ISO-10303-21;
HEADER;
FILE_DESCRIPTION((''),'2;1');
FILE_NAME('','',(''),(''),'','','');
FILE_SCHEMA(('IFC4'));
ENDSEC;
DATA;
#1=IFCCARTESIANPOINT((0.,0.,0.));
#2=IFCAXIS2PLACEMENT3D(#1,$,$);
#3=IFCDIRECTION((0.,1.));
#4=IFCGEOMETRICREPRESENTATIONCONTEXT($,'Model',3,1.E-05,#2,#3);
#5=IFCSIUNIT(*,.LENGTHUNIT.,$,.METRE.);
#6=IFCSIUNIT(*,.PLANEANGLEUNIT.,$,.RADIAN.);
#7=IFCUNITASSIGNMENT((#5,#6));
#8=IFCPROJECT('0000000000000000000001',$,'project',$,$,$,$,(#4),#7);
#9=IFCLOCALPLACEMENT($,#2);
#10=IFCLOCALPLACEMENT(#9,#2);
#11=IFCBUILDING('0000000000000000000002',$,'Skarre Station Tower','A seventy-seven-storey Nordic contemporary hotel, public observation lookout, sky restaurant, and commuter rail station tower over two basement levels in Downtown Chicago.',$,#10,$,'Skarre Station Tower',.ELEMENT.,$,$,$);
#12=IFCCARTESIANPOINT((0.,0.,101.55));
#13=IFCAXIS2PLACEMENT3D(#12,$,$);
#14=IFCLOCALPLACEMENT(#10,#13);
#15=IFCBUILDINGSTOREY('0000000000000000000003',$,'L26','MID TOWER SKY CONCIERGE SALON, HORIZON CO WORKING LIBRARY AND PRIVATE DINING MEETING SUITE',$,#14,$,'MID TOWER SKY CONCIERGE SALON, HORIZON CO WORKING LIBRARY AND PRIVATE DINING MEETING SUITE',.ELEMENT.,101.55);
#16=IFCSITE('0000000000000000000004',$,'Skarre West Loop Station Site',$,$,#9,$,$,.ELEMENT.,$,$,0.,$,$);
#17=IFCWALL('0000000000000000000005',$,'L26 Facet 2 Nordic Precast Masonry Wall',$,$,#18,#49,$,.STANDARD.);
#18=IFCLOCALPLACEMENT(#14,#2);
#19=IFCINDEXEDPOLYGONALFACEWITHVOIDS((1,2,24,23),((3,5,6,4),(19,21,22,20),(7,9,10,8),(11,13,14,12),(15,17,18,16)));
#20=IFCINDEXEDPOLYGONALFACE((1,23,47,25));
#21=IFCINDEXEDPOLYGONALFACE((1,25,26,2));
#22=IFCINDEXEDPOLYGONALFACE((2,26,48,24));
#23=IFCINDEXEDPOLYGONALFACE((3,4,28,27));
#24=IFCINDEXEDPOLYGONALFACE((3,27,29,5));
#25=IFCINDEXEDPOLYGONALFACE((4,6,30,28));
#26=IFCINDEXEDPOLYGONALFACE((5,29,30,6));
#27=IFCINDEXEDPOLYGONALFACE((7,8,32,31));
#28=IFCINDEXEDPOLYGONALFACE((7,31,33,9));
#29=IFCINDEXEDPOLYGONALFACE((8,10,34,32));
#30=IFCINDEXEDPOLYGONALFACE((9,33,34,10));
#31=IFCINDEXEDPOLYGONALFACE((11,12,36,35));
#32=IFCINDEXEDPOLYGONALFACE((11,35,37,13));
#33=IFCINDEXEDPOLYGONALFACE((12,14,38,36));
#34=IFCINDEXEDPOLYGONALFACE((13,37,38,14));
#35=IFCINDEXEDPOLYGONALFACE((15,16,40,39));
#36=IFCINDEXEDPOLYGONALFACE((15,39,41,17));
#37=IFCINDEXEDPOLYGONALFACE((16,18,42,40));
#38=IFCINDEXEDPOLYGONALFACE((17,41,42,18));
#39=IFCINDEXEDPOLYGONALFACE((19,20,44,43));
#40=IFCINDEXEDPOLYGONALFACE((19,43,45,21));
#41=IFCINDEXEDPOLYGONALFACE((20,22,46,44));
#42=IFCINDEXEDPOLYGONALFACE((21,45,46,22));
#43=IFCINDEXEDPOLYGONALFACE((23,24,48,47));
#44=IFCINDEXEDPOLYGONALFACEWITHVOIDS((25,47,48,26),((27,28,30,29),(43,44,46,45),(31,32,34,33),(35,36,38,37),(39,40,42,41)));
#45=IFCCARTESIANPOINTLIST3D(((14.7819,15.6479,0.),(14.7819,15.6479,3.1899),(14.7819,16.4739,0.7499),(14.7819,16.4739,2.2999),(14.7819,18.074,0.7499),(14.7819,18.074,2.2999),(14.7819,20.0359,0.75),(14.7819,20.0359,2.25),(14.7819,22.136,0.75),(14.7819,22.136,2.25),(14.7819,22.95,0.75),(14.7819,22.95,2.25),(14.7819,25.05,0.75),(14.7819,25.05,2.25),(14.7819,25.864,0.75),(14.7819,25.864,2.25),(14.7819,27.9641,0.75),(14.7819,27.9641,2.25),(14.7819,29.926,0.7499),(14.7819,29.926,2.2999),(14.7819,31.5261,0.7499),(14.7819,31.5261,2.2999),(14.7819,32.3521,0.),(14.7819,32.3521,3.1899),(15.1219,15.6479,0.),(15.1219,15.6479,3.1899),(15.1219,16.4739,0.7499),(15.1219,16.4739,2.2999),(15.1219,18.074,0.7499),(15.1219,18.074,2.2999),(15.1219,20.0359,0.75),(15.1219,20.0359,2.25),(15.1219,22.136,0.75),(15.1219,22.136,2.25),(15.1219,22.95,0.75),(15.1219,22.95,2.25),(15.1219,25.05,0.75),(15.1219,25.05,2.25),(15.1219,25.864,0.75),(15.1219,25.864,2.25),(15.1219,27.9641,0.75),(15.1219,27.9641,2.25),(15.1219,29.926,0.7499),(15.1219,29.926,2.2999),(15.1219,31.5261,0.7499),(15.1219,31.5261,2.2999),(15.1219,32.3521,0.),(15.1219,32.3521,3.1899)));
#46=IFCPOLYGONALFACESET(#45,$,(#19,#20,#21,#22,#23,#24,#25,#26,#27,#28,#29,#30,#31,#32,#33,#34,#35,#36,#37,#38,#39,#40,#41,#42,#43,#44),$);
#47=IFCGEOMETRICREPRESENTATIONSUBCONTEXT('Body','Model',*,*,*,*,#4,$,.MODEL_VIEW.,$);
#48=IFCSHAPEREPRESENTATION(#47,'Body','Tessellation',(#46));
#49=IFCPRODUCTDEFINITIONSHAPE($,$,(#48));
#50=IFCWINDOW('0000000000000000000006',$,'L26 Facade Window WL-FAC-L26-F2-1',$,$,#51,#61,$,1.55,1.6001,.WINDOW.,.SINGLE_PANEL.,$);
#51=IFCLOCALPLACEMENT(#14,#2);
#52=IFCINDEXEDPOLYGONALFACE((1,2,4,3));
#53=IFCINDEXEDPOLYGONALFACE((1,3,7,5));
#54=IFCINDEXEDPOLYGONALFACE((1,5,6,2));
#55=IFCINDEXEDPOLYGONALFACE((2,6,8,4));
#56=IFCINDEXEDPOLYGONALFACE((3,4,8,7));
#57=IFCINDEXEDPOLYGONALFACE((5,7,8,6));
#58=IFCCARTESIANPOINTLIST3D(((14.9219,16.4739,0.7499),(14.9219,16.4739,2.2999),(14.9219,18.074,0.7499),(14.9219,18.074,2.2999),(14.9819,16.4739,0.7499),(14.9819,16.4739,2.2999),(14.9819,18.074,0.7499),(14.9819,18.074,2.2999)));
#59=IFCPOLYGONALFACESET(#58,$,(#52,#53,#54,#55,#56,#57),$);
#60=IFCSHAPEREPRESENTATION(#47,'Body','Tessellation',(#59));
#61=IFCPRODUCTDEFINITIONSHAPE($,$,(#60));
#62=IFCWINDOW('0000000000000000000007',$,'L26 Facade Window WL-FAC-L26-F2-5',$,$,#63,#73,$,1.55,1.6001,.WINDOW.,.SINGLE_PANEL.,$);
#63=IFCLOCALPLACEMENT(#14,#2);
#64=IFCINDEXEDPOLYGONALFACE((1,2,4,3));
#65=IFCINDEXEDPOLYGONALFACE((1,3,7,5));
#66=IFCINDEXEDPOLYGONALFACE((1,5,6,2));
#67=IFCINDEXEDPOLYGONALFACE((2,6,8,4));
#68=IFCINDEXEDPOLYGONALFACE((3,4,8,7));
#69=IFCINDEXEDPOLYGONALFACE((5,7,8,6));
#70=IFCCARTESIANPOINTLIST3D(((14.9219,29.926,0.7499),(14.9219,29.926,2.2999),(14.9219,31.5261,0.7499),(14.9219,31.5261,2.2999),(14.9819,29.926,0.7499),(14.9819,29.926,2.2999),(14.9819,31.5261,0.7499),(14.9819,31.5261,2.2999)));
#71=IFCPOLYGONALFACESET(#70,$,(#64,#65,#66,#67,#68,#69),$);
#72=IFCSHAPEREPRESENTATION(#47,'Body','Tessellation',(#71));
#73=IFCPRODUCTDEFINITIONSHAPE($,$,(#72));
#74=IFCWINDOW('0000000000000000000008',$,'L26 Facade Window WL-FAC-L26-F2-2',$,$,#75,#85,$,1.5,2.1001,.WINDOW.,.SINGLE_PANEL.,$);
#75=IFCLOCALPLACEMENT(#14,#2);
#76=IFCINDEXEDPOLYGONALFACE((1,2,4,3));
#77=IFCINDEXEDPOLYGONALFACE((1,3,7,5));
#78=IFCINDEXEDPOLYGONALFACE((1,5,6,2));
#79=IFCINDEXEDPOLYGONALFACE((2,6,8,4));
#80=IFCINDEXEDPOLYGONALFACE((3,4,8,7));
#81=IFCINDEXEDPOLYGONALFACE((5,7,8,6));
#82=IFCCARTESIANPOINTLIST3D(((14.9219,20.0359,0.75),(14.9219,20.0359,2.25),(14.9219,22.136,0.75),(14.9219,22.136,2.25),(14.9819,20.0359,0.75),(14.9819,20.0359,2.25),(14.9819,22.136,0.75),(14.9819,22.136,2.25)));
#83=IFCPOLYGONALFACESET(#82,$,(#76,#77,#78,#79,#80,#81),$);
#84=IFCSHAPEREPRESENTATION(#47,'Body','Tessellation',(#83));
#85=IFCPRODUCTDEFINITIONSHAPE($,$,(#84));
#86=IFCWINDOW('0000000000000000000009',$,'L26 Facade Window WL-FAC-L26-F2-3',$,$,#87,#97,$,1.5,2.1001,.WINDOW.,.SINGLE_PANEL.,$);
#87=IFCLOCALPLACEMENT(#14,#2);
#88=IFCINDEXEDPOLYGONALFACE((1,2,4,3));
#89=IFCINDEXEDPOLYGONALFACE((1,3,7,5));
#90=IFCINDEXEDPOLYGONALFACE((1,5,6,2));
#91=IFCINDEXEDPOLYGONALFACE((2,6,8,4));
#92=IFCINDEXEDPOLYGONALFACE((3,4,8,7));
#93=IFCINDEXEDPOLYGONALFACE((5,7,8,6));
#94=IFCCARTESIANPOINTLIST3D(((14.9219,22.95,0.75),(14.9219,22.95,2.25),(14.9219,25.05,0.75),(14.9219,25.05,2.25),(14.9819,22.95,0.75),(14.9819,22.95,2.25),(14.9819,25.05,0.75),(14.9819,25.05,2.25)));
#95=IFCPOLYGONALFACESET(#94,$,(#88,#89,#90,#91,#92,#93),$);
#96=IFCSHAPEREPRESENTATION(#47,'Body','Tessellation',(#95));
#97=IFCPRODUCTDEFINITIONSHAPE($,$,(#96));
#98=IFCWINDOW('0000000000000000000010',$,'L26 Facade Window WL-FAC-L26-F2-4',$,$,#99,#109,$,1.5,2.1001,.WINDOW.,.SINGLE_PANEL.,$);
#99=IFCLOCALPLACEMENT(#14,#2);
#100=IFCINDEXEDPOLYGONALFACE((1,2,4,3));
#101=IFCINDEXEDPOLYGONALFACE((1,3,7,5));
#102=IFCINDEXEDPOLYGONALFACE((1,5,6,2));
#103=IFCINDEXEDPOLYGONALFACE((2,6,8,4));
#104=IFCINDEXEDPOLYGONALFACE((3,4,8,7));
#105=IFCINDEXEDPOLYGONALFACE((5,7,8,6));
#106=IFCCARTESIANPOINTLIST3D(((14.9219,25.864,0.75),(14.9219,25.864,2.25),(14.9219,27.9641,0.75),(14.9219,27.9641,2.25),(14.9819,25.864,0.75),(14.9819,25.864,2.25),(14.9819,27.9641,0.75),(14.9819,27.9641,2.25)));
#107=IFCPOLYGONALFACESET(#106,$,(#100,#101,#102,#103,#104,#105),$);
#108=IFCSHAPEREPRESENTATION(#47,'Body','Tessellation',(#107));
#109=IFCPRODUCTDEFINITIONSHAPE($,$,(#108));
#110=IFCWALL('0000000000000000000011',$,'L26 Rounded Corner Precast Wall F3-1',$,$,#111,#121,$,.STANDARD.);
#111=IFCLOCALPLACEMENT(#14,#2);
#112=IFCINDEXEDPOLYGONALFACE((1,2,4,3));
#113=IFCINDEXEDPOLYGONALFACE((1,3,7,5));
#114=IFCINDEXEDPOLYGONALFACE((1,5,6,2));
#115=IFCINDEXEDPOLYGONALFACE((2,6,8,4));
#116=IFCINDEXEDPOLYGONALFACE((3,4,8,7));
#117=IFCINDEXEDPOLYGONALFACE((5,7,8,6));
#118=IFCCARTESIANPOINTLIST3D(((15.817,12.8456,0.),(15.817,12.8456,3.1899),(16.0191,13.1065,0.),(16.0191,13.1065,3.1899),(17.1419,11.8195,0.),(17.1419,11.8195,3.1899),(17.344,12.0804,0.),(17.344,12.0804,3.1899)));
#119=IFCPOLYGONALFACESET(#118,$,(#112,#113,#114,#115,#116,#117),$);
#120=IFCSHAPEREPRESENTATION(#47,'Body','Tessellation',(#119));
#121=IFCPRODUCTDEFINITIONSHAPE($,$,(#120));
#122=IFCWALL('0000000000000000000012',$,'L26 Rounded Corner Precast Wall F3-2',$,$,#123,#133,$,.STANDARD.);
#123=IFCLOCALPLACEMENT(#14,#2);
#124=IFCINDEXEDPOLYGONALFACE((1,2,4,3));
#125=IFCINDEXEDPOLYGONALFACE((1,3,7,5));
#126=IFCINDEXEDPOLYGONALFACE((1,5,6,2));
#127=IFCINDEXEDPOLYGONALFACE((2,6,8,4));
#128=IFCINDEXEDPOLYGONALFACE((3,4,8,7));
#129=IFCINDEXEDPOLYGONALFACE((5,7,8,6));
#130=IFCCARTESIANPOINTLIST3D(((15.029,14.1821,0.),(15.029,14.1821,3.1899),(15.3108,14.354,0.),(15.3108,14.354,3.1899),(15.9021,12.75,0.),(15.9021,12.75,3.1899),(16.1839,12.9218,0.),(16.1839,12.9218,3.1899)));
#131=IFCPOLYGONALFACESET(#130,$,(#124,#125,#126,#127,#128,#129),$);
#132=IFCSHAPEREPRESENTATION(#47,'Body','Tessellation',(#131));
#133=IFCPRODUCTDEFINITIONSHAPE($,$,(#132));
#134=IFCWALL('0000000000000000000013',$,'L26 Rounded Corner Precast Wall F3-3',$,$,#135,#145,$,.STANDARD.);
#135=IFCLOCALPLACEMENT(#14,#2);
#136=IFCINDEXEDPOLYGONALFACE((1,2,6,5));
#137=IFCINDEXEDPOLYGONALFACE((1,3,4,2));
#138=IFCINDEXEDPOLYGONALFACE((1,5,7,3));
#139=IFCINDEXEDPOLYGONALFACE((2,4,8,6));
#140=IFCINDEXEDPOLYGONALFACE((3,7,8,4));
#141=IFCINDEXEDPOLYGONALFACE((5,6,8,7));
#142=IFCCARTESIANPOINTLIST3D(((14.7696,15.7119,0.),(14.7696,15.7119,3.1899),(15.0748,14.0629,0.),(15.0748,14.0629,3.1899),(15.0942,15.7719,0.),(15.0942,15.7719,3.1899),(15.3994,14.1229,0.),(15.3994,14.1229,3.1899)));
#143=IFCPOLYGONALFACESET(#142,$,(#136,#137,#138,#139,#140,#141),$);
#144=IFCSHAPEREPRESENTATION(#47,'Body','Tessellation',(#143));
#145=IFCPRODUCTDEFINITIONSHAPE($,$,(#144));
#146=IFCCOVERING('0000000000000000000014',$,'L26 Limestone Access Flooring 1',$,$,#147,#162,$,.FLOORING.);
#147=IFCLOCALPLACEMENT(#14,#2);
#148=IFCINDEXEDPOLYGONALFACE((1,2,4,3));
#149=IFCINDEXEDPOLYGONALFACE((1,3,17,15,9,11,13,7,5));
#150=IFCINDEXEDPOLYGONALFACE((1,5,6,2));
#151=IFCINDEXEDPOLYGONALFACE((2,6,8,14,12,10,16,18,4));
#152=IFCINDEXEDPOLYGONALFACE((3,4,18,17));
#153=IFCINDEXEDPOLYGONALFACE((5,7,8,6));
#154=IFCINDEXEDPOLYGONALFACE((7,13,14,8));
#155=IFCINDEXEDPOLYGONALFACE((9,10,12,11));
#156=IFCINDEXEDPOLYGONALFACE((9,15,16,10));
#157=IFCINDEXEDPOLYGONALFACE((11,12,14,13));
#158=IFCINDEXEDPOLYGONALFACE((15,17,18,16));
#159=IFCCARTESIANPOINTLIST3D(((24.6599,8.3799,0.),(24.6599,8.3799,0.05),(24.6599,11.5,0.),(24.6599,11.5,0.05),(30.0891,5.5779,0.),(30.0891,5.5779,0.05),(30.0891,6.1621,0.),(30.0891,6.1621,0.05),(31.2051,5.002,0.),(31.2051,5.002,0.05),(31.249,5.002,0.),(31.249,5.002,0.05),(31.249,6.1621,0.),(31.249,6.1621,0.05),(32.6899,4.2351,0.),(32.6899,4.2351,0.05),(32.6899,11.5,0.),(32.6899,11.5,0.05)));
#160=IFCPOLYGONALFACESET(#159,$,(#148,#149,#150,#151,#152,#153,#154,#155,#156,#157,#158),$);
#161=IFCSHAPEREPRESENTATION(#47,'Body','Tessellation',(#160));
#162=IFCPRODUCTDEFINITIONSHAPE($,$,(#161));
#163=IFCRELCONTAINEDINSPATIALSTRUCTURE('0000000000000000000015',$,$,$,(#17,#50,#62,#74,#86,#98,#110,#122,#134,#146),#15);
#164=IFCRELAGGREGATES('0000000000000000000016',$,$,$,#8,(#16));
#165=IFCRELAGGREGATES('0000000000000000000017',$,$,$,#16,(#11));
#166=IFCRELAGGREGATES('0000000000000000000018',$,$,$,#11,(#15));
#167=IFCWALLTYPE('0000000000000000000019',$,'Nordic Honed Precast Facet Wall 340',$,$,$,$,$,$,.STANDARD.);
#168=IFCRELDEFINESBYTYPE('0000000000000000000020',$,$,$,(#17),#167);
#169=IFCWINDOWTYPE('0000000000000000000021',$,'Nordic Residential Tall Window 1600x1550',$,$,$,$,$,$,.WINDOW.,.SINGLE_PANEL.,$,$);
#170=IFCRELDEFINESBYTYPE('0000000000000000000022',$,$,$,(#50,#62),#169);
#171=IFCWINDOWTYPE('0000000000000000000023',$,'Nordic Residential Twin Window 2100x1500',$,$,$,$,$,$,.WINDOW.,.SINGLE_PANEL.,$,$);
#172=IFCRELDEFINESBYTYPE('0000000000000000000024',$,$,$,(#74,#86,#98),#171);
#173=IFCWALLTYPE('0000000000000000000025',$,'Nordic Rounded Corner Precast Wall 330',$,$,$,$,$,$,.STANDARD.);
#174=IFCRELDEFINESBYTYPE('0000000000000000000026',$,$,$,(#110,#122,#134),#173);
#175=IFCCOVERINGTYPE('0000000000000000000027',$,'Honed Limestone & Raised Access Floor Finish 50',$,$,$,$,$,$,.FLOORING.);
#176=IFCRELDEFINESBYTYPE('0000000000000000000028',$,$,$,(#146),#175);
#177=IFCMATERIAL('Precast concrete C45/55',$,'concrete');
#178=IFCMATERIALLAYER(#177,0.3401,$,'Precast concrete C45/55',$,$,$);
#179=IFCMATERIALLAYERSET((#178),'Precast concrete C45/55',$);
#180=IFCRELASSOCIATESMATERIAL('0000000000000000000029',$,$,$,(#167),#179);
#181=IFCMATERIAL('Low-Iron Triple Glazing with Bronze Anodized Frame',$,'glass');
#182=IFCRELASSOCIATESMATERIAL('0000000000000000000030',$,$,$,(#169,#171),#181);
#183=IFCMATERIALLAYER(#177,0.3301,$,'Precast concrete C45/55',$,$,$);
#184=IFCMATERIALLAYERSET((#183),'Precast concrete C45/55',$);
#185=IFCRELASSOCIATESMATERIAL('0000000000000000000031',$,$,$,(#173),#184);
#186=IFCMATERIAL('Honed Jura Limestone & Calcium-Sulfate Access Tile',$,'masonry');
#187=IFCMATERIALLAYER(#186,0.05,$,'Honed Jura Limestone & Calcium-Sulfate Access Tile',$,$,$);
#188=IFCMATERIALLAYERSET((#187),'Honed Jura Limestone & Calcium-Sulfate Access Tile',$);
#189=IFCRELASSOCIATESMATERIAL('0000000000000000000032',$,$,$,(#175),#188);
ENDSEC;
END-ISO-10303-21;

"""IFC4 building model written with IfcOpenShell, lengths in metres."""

from ifc_helpers import new_model, si_unit, direction, frame, frame_2d, origin, place, context, subcontext, project, spatial, polyline, rectangle, outline, extrude, material, layer, layer_set, type_object, element, fill, save


model = new_model("IFC4")

# Units and contexts
model_context = context("Model", 3, precision=1e-05, world=origin(), true_north=direction((0.0, 1.0)))
body_context = subcontext(model_context, "Body", "Model", "MODEL_VIEW")
ifc_project = project(units=[si_unit("LENGTHUNIT", "METRE"), si_unit("PLANEANGLEUNIT", "RADIAN")], contexts=[model_context])

# Site, building, storey
site_placement = place(None, origin())
site = spatial("IfcSite", under=ifc_project, at=site_placement, Name="Skarre West Loop Station Site", CompositionType="ELEMENT", RefElevation=0.0)
building_placement = place(site_placement, origin())
building = spatial("IfcBuilding", under=site, at=building_placement, Name="Skarre Station Tower", Description="A seventy-seven-storey Nordic contemporary hotel, public observation lookout, sky restaurant, and commuter rail station tower over two basement levels in Downtown Chicago.", LongName="Skarre Station Tower", CompositionType="ELEMENT")
storey_placement = place(building_placement, frame((0.0, 0.0, 101.55)))
storey = spatial("IfcBuildingStorey", under=building, at=storey_placement, Name="L26", Description="MID TOWER SKY CONCIERGE SALON, HORIZON CO WORKING LIBRARY AND PRIVATE DINING MEETING SUITE", LongName="MID TOWER SKY CONCIERGE SALON, HORIZON CO WORKING LIBRARY AND PRIVATE DINING MEETING SUITE", CompositionType="ELEMENT", Elevation=101.55)

# Wall, openings, windows
ifc_material_1 = material(Name="Precast concrete C45/55", Category="concrete")
ifc_layer_1 = layer(ifc_material_1, 0.3401, Name="Precast concrete C45/55")
ifc_layer_set_1 = layer_set([ifc_layer_1], Name="Precast concrete C45/55")
wall_type_1 = type_object("IfcWallType", Name="Nordic Honed Precast Facet Wall 340", PredefinedType="STANDARD", material=ifc_layer_set_1)
wall_1_placement = place(storey_placement, frame((14.9519, 15.6479, 0.0), z_axis=(0.0, 0.0, 1.0), x_axis=(0.0, 1.0, 0.0)))
wall_1 = element("IfcWall", 1, at=wall_1_placement, inside=storey, type_object=wall_type_1, Name="L26 Facet 2 Nordic Precast Masonry Wall", PredefinedType="STANDARD", context=body_context, shape_type="SweptSolid", body=[
    extrude(rectangle(XDim=16.7041, YDim=0.3401, at=frame_2d((8.3521, 0.0))), origin(), (0.0, 0.0, 1.0), 3.1899),
])
opening_1_placement = place(wall_1_placement, frame((0.8259, 0.0, 0.75)))
opening_1 = element("IfcOpeningElement", 2, at=opening_1_placement, cuts=wall_1, PredefinedType="OPENING", context=body_context, shape_type="SweptSolid", body=[
    extrude(rectangle(XDim=1.6001, YDim=1.55, at=frame_2d((0.8, 0.7749))), frame((0.0, 0.1799, 0.0), z_axis=(0.0, -1.0, 0.0), x_axis=(1.0, 0.0, 0.0)), (0.0, 0.0, 1.0), 0.3601),
])
opening_2_placement = place(wall_1_placement, frame((4.3879, 0.0, 0.75)))
opening_2 = element("IfcOpeningElement", 3, at=opening_2_placement, cuts=wall_1, PredefinedType="OPENING", context=body_context, shape_type="SweptSolid", body=[
    extrude(rectangle(XDim=2.1001, YDim=1.5, at=frame_2d((1.05, 0.75))), frame((0.0, 0.1799, 0.0), z_axis=(0.0, -1.0, 0.0), x_axis=(1.0, 0.0, 0.0)), (0.0, 0.0, 1.0), 0.3601),
])
opening_3_placement = place(wall_1_placement, frame((7.302, 0.0, 0.75)))
opening_3 = element("IfcOpeningElement", 4, at=opening_3_placement, cuts=wall_1, PredefinedType="OPENING", context=body_context, shape_type="SweptSolid", body=[
    extrude(rectangle(XDim=2.1001, YDim=1.5, at=frame_2d((1.05, 0.75))), frame((0.0, 0.1799, 0.0), z_axis=(0.0, -1.0, 0.0), x_axis=(1.0, 0.0, 0.0)), (0.0, 0.0, 1.0), 0.3601),
])
opening_4_placement = place(wall_1_placement, frame((10.2161, 0.0, 0.75)))
opening_4 = element("IfcOpeningElement", 5, at=opening_4_placement, cuts=wall_1, PredefinedType="OPENING", context=body_context, shape_type="SweptSolid", body=[
    extrude(rectangle(XDim=2.1001, YDim=1.5, at=frame_2d((1.05, 0.75))), frame((0.0, 0.1799, 0.0), z_axis=(0.0, -1.0, 0.0), x_axis=(1.0, 0.0, 0.0)), (0.0, 0.0, 1.0), 0.3601),
])
opening_5_placement = place(wall_1_placement, frame((14.2781, 0.0, 0.75)))
opening_5 = element("IfcOpeningElement", 6, at=opening_5_placement, cuts=wall_1, PredefinedType="OPENING", context=body_context, shape_type="SweptSolid", body=[
    extrude(rectangle(XDim=1.6001, YDim=1.55, at=frame_2d((0.8, 0.7749))), frame((0.0, 0.1799, 0.0), z_axis=(0.0, -1.0, 0.0), x_axis=(1.0, 0.0, 0.0)), (0.0, 0.0, 1.0), 0.3601),
])
ifc_material_2 = material(Name="Low-Iron Triple Glazing with Bronze Anodized Frame", Category="glass")
window_type_1 = type_object("IfcWindowType", Name="Nordic Residential Tall Window 1600x1550", PartitioningType="SINGLE_PANEL", PredefinedType="WINDOW", material=ifc_material_2)
window_1_placement = place(opening_1_placement, origin())
window_1 = element("IfcWindow", 7, at=window_1_placement, inside=storey, type_object=window_type_1, Name="L26 Facade Window WL-FAC-L26-F2-1", OverallHeight=1.55, OverallWidth=1.6001, PartitioningType="SINGLE_PANEL", PredefinedType="WINDOW", context=body_context, shape_type="SweptSolid", body=[
    extrude(rectangle(XDim=1.6001, YDim=1.55, at=frame_2d((0.8, 0.7749))), frame((0.0, 0.03, 0.0), z_axis=(0.0, -1.0, 0.0), x_axis=(1.0, 0.0, 0.0)), (0.0, 0.0, 1.0), 0.0601),
])
fill(opening_1, window_1)
window_2_placement = place(opening_5_placement, origin())
window_2 = element("IfcWindow", 8, at=window_2_placement, inside=storey, type_object=window_type_1, Name="L26 Facade Window WL-FAC-L26-F2-5", OverallHeight=1.55, OverallWidth=1.6001, PartitioningType="SINGLE_PANEL", PredefinedType="WINDOW", context=body_context, shape_type="SweptSolid", body=[
    extrude(rectangle(XDim=1.6001, YDim=1.55, at=frame_2d((0.8, 0.7749))), frame((0.0, 0.03, 0.0), z_axis=(0.0, -1.0, 0.0), x_axis=(1.0, 0.0, 0.0)), (0.0, 0.0, 1.0), 0.0601),
])
fill(opening_5, window_2)
window_type_2 = type_object("IfcWindowType", Name="Nordic Residential Twin Window 2100x1500", PartitioningType="SINGLE_PANEL", PredefinedType="WINDOW", material=ifc_material_2)
window_3_placement = place(opening_2_placement, origin())
window_3 = element("IfcWindow", 9, at=window_3_placement, inside=storey, type_object=window_type_2, Name="L26 Facade Window WL-FAC-L26-F2-2", OverallHeight=1.5, OverallWidth=2.1001, PartitioningType="SINGLE_PANEL", PredefinedType="WINDOW", context=body_context, shape_type="SweptSolid", body=[
    extrude(rectangle(XDim=2.1001, YDim=1.5, at=frame_2d((1.05, 0.75))), frame((0.0, 0.03, 0.0), z_axis=(0.0, -1.0, 0.0), x_axis=(1.0, 0.0, 0.0)), (0.0, 0.0, 1.0), 0.0601),
])
fill(opening_2, window_3)
window_4_placement = place(opening_3_placement, origin())
window_4 = element("IfcWindow", 10, at=window_4_placement, inside=storey, type_object=window_type_2, Name="L26 Facade Window WL-FAC-L26-F2-3", OverallHeight=1.5, OverallWidth=2.1001, PartitioningType="SINGLE_PANEL", PredefinedType="WINDOW", context=body_context, shape_type="SweptSolid", body=[
    extrude(rectangle(XDim=2.1001, YDim=1.5, at=frame_2d((1.05, 0.75))), frame((0.0, 0.03, 0.0), z_axis=(0.0, -1.0, 0.0), x_axis=(1.0, 0.0, 0.0)), (0.0, 0.0, 1.0), 0.0601),
])
fill(opening_3, window_4)
window_5_placement = place(opening_4_placement, origin())
window_5 = element("IfcWindow", 11, at=window_5_placement, inside=storey, type_object=window_type_2, Name="L26 Facade Window WL-FAC-L26-F2-4", OverallHeight=1.5, OverallWidth=2.1001, PartitioningType="SINGLE_PANEL", PredefinedType="WINDOW", context=body_context, shape_type="SweptSolid", body=[
    extrude(rectangle(XDim=2.1001, YDim=1.5, at=frame_2d((1.05, 0.75))), frame((0.0, 0.03, 0.0), z_axis=(0.0, -1.0, 0.0), x_axis=(1.0, 0.0, 0.0)), (0.0, 0.0, 1.0), 0.0601),
])
fill(opening_4, window_5)

# Walls
ifc_layer_2 = layer(ifc_material_1, 0.3301, Name="Precast concrete C45/55")
ifc_layer_set_2 = layer_set([ifc_layer_2], Name="Precast concrete C45/55")
wall_type_2 = type_object("IfcWallType", Name="Nordic Rounded Corner Precast Wall 330", PredefinedType="STANDARD", material=ifc_layer_set_2)
wall_2_placement = place(storey_placement, frame((17.2429, 11.95, 0.0), z_axis=(0.0, 0.0, 1.0), x_axis=(-0.790621, 0.612305, 0.0)))
element("IfcWall", 12, at=wall_2_placement, inside=storey, type_object=wall_type_2, Name="L26 Rounded Corner Precast Wall F3-1", PredefinedType="STANDARD", context=body_context, shape_type="SweptSolid", body=[
    extrude(rectangle(XDim=1.6758, YDim=0.3301, at=frame_2d((0.8379, 0.0))), origin(), (0.0, 0.0, 1.0), 3.1899),
])
wall_3_placement = place(storey_placement, frame((16.043, 12.8359, 0.0), z_axis=(0.0, 0.0, 1.0), x_axis=(-0.520519, 0.85385, 0.0)))
element("IfcWall", 13, at=wall_3_placement, inside=storey, type_object=wall_type_2, Name="L26 Rounded Corner Precast Wall F3-2", PredefinedType="STANDARD", context=body_context, shape_type="SweptSolid", body=[
    extrude(rectangle(XDim=1.6772, YDim=0.3301, at=frame_2d((0.8386, 0.0))), origin(), (0.0, 0.0, 1.0), 3.1899),
])
wall_4_placement = place(storey_placement, frame((15.2371, 14.093, 0.0), z_axis=(0.0, 0.0, 1.0), x_axis=(-0.181985, 0.983301, 0.0)))
element("IfcWall", 14, at=wall_4_placement, inside=storey, type_object=wall_type_2, Name="L26 Rounded Corner Precast Wall F3-3", PredefinedType="STANDARD", context=body_context, shape_type="SweptSolid", body=[
    extrude(rectangle(XDim=1.677, YDim=0.3301, at=frame_2d((0.8384, 0.0))), origin(), (0.0, 0.0, 1.0), 3.1899),
])

# Covering
ifc_material_3 = material(Name="Honed Jura Limestone & Calcium-Sulfate Access Tile", Category="masonry")
ifc_layer_3 = layer(ifc_material_3, 0.05, Name="Honed Jura Limestone & Calcium-Sulfate Access Tile")
ifc_layer_set_3 = layer_set([ifc_layer_3], Name="Honed Jura Limestone & Calcium-Sulfate Access Tile")
covering_type_1 = type_object("IfcCoveringType", Name="Honed Limestone & Raised Access Floor Finish 50", PredefinedType="FLOORING", material=ifc_layer_set_3)
covering_1_placement = place(storey_placement, origin())
element("IfcCovering", 15, at=covering_1_placement, inside=storey, type_object=covering_type_1, Name="L26 Limestone Access Flooring 1", PredefinedType="FLOORING", context=body_context, shape_type="SweptSolid", body=[
    extrude(outline(polyline([(24.6599, 8.3799), (30.0891, 5.5779), (30.0891, 6.1621), (31.249, 6.1621), (31.249, 5.002), (31.2051, 5.002), (32.6899, 4.2351), (32.6899, 11.5), (24.6599, 11.5), (24.6599, 8.3799)])), origin(), (0.0, 0.0, 1.0), 0.05),
])

save(model, "model.ifc")
